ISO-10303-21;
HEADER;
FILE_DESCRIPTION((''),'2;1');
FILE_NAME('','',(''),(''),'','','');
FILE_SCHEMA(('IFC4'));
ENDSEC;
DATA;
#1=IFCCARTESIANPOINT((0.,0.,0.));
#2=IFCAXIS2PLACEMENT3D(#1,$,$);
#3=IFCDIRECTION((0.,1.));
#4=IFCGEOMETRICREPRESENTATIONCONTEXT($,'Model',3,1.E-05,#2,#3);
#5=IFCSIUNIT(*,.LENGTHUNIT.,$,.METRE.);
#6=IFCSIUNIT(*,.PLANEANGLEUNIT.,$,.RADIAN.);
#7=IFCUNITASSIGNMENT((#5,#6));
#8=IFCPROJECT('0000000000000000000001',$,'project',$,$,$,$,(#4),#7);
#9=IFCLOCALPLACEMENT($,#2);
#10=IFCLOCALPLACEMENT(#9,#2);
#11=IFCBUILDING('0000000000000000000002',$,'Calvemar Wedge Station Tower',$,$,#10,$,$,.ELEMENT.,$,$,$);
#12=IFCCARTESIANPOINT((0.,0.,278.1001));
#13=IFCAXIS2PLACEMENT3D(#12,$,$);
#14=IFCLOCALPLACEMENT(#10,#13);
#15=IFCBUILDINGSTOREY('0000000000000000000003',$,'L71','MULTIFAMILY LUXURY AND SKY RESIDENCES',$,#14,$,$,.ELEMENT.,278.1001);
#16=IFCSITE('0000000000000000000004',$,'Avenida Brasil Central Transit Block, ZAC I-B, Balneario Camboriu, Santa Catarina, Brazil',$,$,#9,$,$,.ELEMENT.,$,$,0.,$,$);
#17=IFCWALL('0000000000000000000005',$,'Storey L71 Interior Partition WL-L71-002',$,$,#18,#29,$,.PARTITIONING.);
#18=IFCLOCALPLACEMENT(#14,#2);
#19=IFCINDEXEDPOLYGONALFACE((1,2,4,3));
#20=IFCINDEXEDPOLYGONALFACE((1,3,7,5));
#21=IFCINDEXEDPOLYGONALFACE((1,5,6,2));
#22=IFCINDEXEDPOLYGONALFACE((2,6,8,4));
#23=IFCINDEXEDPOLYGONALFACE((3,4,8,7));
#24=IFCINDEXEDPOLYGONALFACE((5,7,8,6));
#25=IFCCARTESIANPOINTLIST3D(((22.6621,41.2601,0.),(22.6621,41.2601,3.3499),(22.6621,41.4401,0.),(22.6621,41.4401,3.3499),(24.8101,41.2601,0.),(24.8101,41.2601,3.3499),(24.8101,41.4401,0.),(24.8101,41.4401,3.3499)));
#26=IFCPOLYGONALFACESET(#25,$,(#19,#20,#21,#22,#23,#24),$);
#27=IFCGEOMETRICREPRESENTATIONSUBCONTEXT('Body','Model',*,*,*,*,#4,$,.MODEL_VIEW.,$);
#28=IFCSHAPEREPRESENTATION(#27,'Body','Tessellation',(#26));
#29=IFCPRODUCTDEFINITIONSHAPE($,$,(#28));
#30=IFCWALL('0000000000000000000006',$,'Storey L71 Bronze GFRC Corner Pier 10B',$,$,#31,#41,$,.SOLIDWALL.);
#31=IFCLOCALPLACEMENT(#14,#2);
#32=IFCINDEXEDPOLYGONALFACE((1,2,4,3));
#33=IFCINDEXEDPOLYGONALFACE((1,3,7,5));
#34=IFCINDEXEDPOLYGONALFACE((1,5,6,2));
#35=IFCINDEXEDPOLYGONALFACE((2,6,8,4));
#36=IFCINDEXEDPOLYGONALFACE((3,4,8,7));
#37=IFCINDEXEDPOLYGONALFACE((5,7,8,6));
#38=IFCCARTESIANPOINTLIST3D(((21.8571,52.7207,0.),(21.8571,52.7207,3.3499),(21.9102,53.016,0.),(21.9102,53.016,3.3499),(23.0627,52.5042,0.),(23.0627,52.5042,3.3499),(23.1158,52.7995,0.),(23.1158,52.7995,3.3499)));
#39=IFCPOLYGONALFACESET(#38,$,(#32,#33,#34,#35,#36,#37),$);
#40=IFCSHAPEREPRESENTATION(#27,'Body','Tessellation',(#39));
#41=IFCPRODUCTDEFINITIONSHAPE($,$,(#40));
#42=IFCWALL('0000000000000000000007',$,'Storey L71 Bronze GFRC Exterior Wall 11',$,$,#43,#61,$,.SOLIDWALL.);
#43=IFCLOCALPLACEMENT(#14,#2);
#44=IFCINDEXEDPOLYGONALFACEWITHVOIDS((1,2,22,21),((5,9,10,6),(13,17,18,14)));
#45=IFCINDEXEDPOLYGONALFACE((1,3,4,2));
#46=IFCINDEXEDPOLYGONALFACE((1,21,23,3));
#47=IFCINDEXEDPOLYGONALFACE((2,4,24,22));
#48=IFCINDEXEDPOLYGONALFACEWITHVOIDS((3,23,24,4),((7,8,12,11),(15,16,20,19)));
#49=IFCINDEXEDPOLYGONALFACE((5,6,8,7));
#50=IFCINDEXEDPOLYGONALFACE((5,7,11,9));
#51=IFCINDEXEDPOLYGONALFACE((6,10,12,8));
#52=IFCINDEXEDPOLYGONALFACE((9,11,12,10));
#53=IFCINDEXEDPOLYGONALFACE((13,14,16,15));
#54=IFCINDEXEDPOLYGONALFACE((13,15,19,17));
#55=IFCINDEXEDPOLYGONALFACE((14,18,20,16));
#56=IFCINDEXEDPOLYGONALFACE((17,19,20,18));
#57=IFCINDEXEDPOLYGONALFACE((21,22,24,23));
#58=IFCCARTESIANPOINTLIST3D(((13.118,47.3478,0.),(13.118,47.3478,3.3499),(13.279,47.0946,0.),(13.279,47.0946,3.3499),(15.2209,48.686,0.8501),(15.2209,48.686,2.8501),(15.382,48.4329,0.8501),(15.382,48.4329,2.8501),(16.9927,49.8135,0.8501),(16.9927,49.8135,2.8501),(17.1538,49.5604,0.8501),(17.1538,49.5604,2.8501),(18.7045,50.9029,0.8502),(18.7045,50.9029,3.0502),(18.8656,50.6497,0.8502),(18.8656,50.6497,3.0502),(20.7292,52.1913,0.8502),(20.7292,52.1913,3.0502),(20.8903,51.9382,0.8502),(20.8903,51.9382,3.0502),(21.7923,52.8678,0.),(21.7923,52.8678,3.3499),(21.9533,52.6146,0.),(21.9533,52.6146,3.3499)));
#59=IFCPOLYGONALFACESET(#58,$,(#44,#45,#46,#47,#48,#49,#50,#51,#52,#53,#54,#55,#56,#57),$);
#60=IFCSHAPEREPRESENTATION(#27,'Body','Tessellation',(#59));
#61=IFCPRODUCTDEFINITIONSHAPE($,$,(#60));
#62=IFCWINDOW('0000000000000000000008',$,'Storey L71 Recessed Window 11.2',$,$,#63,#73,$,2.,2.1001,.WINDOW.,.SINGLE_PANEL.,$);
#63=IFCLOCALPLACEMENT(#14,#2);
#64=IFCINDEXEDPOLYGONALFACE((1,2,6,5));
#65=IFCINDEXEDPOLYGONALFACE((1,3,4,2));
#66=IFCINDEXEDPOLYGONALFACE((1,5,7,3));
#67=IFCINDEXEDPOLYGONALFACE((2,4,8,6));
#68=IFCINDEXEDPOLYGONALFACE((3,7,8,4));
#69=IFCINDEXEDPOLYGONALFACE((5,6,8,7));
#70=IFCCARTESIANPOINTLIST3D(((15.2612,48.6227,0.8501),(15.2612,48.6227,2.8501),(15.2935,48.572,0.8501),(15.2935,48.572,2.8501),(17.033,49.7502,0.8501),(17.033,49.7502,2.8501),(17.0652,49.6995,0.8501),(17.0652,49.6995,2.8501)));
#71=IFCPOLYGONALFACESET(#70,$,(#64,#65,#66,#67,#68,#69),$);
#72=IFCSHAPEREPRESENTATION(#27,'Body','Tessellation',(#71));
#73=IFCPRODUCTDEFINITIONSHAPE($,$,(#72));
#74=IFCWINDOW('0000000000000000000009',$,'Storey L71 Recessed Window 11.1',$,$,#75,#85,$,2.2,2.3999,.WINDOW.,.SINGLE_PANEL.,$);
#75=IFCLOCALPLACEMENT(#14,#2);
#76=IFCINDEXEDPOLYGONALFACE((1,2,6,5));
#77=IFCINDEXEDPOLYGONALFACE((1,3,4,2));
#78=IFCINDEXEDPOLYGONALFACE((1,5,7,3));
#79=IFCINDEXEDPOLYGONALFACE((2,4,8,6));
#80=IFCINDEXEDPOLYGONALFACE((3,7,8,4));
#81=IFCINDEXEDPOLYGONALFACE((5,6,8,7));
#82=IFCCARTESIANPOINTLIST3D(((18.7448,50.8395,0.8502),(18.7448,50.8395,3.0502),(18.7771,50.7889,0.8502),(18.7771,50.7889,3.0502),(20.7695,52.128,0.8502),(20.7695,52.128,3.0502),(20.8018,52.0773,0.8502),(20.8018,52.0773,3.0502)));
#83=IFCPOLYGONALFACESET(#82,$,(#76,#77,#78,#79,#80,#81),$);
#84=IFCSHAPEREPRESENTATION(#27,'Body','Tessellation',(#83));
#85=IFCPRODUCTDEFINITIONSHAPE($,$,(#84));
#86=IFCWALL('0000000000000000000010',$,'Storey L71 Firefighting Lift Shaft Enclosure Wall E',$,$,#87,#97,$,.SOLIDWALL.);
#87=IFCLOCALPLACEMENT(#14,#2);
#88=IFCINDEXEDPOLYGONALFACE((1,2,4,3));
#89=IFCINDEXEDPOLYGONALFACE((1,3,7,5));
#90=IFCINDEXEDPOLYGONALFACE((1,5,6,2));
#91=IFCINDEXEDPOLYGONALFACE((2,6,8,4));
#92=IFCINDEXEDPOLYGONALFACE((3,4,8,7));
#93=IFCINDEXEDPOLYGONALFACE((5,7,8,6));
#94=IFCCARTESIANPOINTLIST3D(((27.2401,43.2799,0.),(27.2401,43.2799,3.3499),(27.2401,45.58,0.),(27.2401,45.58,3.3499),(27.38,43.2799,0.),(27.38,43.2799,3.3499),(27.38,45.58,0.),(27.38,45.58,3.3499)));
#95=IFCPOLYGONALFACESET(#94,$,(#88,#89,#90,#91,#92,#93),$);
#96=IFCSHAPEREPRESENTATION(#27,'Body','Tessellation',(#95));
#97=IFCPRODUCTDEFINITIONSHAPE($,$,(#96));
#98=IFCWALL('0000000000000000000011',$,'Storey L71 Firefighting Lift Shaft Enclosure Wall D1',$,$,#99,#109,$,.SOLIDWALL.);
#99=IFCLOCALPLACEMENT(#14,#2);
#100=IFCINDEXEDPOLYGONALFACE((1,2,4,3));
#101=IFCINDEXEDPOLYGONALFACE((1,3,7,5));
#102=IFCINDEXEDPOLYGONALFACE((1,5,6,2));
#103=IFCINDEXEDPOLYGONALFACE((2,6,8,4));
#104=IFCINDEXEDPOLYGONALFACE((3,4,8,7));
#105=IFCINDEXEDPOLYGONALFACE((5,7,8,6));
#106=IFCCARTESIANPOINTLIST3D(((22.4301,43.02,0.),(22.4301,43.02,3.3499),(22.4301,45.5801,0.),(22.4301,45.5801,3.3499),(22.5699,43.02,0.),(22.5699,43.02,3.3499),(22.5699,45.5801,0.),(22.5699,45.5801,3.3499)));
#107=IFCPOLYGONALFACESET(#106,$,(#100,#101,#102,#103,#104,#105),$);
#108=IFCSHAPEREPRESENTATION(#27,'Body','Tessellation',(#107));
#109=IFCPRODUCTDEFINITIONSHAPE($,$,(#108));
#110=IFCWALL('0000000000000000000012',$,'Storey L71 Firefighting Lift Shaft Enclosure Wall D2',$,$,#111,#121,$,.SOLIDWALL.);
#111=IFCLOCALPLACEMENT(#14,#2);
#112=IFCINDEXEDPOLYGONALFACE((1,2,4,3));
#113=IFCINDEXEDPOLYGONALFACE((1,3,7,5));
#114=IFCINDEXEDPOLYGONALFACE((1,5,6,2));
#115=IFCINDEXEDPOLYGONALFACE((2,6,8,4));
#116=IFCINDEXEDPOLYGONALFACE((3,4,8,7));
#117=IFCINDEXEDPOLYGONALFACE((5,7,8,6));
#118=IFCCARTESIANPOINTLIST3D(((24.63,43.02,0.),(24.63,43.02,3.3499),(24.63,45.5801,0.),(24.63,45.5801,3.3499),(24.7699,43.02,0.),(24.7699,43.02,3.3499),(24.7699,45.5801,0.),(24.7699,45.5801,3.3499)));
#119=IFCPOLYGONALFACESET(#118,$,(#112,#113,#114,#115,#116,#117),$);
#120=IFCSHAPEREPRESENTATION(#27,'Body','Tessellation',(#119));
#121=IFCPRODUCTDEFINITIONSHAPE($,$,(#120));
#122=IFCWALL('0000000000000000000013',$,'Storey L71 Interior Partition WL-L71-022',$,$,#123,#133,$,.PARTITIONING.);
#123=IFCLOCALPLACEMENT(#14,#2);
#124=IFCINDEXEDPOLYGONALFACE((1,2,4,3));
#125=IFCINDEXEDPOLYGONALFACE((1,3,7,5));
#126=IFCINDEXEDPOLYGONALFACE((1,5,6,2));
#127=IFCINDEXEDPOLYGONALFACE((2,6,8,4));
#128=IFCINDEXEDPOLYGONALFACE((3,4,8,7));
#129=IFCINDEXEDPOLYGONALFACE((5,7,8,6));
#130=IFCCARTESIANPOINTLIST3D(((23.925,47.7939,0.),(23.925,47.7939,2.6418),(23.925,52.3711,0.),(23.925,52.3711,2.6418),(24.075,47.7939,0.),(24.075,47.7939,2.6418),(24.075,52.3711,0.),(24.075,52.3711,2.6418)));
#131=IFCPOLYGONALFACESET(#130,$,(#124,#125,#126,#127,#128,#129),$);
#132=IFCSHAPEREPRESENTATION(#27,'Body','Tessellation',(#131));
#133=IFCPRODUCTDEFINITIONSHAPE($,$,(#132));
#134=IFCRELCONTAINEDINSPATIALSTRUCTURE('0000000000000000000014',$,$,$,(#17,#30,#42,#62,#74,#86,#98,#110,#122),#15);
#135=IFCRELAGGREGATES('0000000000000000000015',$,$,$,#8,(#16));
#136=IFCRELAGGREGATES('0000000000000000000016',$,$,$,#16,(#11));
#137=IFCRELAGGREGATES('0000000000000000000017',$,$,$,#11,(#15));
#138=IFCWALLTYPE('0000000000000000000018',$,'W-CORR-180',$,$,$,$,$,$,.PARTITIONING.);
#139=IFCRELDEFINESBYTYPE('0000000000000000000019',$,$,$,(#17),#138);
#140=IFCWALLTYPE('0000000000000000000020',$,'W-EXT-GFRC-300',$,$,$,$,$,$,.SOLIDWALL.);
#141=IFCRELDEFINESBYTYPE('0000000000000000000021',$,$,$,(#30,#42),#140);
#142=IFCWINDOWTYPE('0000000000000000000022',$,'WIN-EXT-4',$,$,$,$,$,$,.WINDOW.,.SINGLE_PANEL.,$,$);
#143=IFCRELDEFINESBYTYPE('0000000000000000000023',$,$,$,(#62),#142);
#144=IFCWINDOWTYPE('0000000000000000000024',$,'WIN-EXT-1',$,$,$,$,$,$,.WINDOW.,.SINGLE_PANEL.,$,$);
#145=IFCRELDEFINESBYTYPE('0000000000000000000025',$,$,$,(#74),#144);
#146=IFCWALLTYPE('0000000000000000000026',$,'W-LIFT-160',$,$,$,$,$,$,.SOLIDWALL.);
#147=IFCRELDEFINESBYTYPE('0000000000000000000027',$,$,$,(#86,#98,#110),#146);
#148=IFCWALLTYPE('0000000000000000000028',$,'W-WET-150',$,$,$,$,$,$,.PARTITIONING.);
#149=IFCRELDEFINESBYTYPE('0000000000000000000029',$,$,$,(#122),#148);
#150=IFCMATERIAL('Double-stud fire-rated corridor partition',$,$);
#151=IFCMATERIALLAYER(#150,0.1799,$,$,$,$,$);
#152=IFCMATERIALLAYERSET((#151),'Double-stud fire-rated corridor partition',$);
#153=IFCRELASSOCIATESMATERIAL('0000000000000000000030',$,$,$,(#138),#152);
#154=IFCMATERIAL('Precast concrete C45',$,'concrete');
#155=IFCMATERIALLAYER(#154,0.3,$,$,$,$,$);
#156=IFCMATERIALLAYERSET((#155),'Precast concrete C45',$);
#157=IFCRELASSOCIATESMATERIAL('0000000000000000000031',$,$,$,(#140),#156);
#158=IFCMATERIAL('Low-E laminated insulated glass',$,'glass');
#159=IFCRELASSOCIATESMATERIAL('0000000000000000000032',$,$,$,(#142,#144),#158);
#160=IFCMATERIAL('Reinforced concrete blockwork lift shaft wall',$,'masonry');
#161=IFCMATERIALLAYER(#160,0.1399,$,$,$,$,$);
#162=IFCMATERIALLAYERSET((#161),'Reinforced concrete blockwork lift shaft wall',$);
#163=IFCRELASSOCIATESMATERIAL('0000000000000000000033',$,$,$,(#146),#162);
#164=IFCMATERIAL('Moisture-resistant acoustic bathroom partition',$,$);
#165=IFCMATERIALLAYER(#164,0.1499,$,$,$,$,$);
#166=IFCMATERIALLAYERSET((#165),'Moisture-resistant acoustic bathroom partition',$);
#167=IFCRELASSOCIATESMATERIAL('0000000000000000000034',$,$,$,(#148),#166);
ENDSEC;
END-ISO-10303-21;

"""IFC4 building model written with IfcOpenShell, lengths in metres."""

from ifc_helpers import new_model, si_unit, direction, frame, frame_2d, origin, place, context, subcontext, project, spatial, rectangle, extrude, source, transform, mapped, material, layer, layer_set, type_object, element, fill, save


model = new_model("IFC4")

# Units and contexts
model_context = context("Model", 3, precision=1e-05, world=origin(), true_north=direction((0.0, 1.0)))
body_context = subcontext(model_context, "Body", "Model", "MODEL_VIEW")
ifc_project = project(units=[si_unit("LENGTHUNIT", "METRE"), si_unit("PLANEANGLEUNIT", "RADIAN")], contexts=[model_context])

# Site, building, storey
site_placement = place(None, origin())
site = spatial("IfcSite", under=ifc_project, at=site_placement, Name="Avenida Brasil Central Transit Block, ZAC I-B, Balneario Camboriu, Santa Catarina, Brazil", CompositionType="ELEMENT", RefElevation=0.0)
building_placement = place(site_placement, origin())
building = spatial("IfcBuilding", under=site, at=building_placement, Name="Calvemar Wedge Station Tower", CompositionType="ELEMENT")
storey_placement = place(building_placement, frame((0.0, 0.0, 278.1001)))
storey = spatial("IfcBuildingStorey", under=building, at=storey_placement, Name="L71", Description="MULTIFAMILY LUXURY AND SKY RESIDENCES", CompositionType="ELEMENT", Elevation=278.1001)

# Shared definitions
ifc_material_1 = material(Name="Low-E laminated insulated glass", Category="glass")

# Wall
ifc_material_2 = material(Name="Double-stud fire-rated corridor partition")
ifc_layer_1 = layer(ifc_material_2, 0.1799)
ifc_layer_set_1 = layer_set([ifc_layer_1], Name="Double-stud fire-rated corridor partition")
wall_type_1 = type_object("IfcWallType", Name="W-CORR-180", PredefinedType="PARTITIONING", material=ifc_layer_set_1)
wall_1_placement = place(storey_placement, frame((24.8101, 41.3501, 0.0), z_axis=(0.0, 0.0, 1.0), x_axis=(-1.0, 0.0, 0.0)))
element("IfcWall", 1, at=wall_1_placement, inside=storey, type_object=wall_type_1, Name="Storey L71 Interior Partition WL-L71-002", PredefinedType="PARTITIONING", context=body_context, shape_type="SweptSolid", body=[
    extrude(rectangle(XDim=2.1479, YDim=0.1799, at=frame_2d((1.074, 0.0))), origin(), (0.0, 0.0, 1.0), 3.3499),
])

# Wall
ifc_material_3 = material(Name="Precast concrete C45", Category="concrete")
ifc_layer_2 = layer(ifc_material_3, 0.3)
ifc_layer_set_2 = layer_set([ifc_layer_2], Name="Precast concrete C45")
wall_type_2 = type_object("IfcWallType", Name="W-EXT-GFRC-300", PredefinedType="SOLIDWALL", material=ifc_layer_set_2)
wall_2_placement = place(storey_placement, frame((23.0891, 52.6519, 0.0), z_axis=(0.0, 0.0, 1.0), x_axis=(-0.984247, 0.176798, 0.0)))
element("IfcWall", 2, at=wall_2_placement, inside=storey, type_object=wall_type_2, Name="Storey L71 Bronze GFRC Corner Pier 10B", PredefinedType="SOLIDWALL", context=body_context, shape_type="SweptSolid", body=[
    extrude(rectangle(XDim=1.2249, YDim=0.3, at=frame_2d((0.6123, 0.0))), origin(), (0.0, 0.0, 1.0), 3.3499),
])

# Wall, openings, windows
wall_3_placement = place(storey_placement, frame((21.8728, 52.7412, 0.0), z_axis=(0.0, 0.0, 1.0), x_axis=(-0.843661, -0.536875, 0.0)))
wall_3 = element("IfcWall", 3, at=wall_3_placement, inside=storey, type_object=wall_type_2, Name="Storey L71 Bronze GFRC Exterior Wall 11", PredefinedType="SOLIDWALL", context=body_context, shape_type="SweptSolid", body=[
    extrude(rectangle(XDim=10.2817, YDim=0.3, at=frame_2d((5.1409, 0.0))), origin(), (0.0, 0.0, 1.0), 3.3499),
])
shared_shape_1 = source(origin(), body_context, "Body", "SweptSolid", [
    extrude(rectangle(XDim=2.3999, YDim=2.2, at=frame_2d((1.2, 1.1001))), frame((0.0, 0.1602, 0.0), z_axis=(0.0, -1.0, 0.0), x_axis=(1.0, 0.0, 0.0)), (0.0, 0.0, 1.0), 0.3201),
])
opening_1_placement = place(wall_3_placement, frame((1.26, 0.0, 0.8501)))
opening_1 = element("IfcOpeningElement", 4, at=opening_1_placement, cuts=wall_3, PredefinedType="OPENING", context=body_context, shape_type="MappedRepresentation", body=[
    mapped(shared_shape_1, transform((0.0, 0.0, 0.0), scale=1.0)),
])
shared_shape_2 = source(origin(), body_context, "Body", "SweptSolid", [
    extrude(rectangle(XDim=2.1001, YDim=2.0, at=frame_2d((1.05, 1.0))), frame((0.0, 0.1602, 0.0), z_axis=(0.0, -1.0, 0.0), x_axis=(1.0, 0.0, 0.0)), (0.0, 0.0, 1.0), 0.3201),
])
opening_2_placement = place(wall_3_placement, frame((5.689, 0.0, 0.8501)))
opening_2 = element("IfcOpeningElement", 5, at=opening_2_placement, cuts=wall_3, PredefinedType="OPENING", context=body_context, shape_type="MappedRepresentation", body=[
    mapped(shared_shape_2, transform((0.0, 0.0, 0.0), scale=1.0)),
])
window_type_1 = type_object("IfcWindowType", Name="WIN-EXT-4", PartitioningType="SINGLE_PANEL", PredefinedType="WINDOW", material=ifc_material_1)
shared_shape_3 = source(origin(), body_context, "Body", "SweptSolid", [
    extrude(rectangle(XDim=2.1001, YDim=2.0, at=frame_2d((1.05, 1.0))), frame((0.0, -0.0149, 0.0), z_axis=(0.0, -1.0, 0.0), x_axis=(1.0, 0.0, 0.0)), (0.0, 0.0, 1.0), 0.0601),
])
window_1_placement = place(opening_2_placement, origin())
window_1 = element("IfcWindow", 6, at=window_1_placement, inside=storey, type_object=window_type_1, Name="Storey L71 Recessed Window 11.2", OverallHeight=2.0, OverallWidth=2.1001, PartitioningType="SINGLE_PANEL", PredefinedType="WINDOW", context=body_context, shape_type="MappedRepresentation", body=[
    mapped(shared_shape_3, transform((0.0, 0.0, 0.0), scale=1.0)),
])
fill(opening_2, window_1)
window_type_2 = type_object("IfcWindowType", Name="WIN-EXT-1", PartitioningType="SINGLE_PANEL", PredefinedType="WINDOW", material=ifc_material_1)
shared_shape_4 = source(origin(), body_context, "Body", "SweptSolid", [
    extrude(rectangle(XDim=2.3999, YDim=2.2, at=frame_2d((1.2, 1.1001))), frame((0.0, -0.0149, 0.0), z_axis=(0.0, -1.0, 0.0), x_axis=(1.0, 0.0, 0.0)), (0.0, 0.0, 1.0), 0.0601),
])
window_2_placement = place(opening_1_placement, origin())
window_2 = element("IfcWindow", 7, at=window_2_placement, inside=storey, type_object=window_type_2, Name="Storey L71 Recessed Window 11.1", OverallHeight=2.2, OverallWidth=2.3999, PartitioningType="SINGLE_PANEL", PredefinedType="WINDOW", context=body_context, shape_type="MappedRepresentation", body=[
    mapped(shared_shape_4, transform((0.0, 0.0, 0.0), scale=1.0)),
])
fill(opening_1, window_2)

# Walls
ifc_material_4 = material(Name="Reinforced concrete blockwork lift shaft wall", Category="masonry")
ifc_layer_3 = layer(ifc_material_4, 0.1399)
ifc_layer_set_3 = layer_set([ifc_layer_3], Name="Reinforced concrete blockwork lift shaft wall")
wall_type_3 = type_object("IfcWallType", Name="W-LIFT-160", PredefinedType="SOLIDWALL", material=ifc_layer_set_3)
wall_4_placement = place(storey_placement, frame((27.3101, 43.28, 0.0), z_axis=(0.0, 0.0, 1.0), x_axis=(0.0, 1.0, 0.0)))
element("IfcWall", 8, at=wall_4_placement, inside=storey, type_object=wall_type_3, Name="Storey L71 Firefighting Lift Shaft Enclosure Wall E", PredefinedType="SOLIDWALL", context=body_context, shape_type="SweptSolid", body=[
    extrude(rectangle(XDim=2.3, YDim=0.1399, at=frame_2d((1.1499, 0.0))), origin(), (0.0, 0.0, 1.0), 3.3499),
])
for number, where, z_axis, x_axis, name in (
    (9, (22.5, 43.02, 0.0), (0.0, 0.0, 1.0), (0.0, 1.0, 0.0), "Storey L71 Firefighting Lift Shaft Enclosure Wall D1"),
    (10, (24.7, 43.02, 0.0), (0.0, 0.0, 1.0), (0.0, 1.0, 0.0), "Storey L71 Firefighting Lift Shaft Enclosure Wall D2"),
):
    element("IfcWall", number, at=place(storey_placement, frame(where, z_axis=z_axis, x_axis=x_axis)), inside=storey, type_object=wall_type_3, Name=name, PredefinedType="SOLIDWALL", context=body_context, shape_type="SweptSolid", body=[
        extrude(rectangle(XDim=2.5601, YDim=0.1399, at=frame_2d((1.28, 0.0))), origin(), (0.0, 0.0, 1.0), 3.3499),
    ])
ifc_material_5 = material(Name="Moisture-resistant acoustic bathroom partition")
ifc_layer_4 = layer(ifc_material_5, 0.1499)
ifc_layer_set_4 = layer_set([ifc_layer_4], Name="Moisture-resistant acoustic bathroom partition")
wall_type_4 = type_object("IfcWallType", Name="W-WET-150", PredefinedType="PARTITIONING", material=ifc_layer_set_4)
wall_5_placement = place(storey_placement, frame((24.0, 52.3711, 0.0), z_axis=(0.0, 0.0, 1.0), x_axis=(0.0, -1.0, 0.0)))
element("IfcWall", 11, at=wall_5_placement, inside=storey, type_object=wall_type_4, Name="Storey L71 Interior Partition WL-L71-022", PredefinedType="PARTITIONING", context=body_context, shape_type="SweptSolid", body=[
    extrude(rectangle(XDim=4.5771, YDim=0.1499, at=frame_2d((2.2886, 0.0))), origin(), (0.0, 0.0, 1.0), 2.6418),
])

save(model, "model.ifc")
